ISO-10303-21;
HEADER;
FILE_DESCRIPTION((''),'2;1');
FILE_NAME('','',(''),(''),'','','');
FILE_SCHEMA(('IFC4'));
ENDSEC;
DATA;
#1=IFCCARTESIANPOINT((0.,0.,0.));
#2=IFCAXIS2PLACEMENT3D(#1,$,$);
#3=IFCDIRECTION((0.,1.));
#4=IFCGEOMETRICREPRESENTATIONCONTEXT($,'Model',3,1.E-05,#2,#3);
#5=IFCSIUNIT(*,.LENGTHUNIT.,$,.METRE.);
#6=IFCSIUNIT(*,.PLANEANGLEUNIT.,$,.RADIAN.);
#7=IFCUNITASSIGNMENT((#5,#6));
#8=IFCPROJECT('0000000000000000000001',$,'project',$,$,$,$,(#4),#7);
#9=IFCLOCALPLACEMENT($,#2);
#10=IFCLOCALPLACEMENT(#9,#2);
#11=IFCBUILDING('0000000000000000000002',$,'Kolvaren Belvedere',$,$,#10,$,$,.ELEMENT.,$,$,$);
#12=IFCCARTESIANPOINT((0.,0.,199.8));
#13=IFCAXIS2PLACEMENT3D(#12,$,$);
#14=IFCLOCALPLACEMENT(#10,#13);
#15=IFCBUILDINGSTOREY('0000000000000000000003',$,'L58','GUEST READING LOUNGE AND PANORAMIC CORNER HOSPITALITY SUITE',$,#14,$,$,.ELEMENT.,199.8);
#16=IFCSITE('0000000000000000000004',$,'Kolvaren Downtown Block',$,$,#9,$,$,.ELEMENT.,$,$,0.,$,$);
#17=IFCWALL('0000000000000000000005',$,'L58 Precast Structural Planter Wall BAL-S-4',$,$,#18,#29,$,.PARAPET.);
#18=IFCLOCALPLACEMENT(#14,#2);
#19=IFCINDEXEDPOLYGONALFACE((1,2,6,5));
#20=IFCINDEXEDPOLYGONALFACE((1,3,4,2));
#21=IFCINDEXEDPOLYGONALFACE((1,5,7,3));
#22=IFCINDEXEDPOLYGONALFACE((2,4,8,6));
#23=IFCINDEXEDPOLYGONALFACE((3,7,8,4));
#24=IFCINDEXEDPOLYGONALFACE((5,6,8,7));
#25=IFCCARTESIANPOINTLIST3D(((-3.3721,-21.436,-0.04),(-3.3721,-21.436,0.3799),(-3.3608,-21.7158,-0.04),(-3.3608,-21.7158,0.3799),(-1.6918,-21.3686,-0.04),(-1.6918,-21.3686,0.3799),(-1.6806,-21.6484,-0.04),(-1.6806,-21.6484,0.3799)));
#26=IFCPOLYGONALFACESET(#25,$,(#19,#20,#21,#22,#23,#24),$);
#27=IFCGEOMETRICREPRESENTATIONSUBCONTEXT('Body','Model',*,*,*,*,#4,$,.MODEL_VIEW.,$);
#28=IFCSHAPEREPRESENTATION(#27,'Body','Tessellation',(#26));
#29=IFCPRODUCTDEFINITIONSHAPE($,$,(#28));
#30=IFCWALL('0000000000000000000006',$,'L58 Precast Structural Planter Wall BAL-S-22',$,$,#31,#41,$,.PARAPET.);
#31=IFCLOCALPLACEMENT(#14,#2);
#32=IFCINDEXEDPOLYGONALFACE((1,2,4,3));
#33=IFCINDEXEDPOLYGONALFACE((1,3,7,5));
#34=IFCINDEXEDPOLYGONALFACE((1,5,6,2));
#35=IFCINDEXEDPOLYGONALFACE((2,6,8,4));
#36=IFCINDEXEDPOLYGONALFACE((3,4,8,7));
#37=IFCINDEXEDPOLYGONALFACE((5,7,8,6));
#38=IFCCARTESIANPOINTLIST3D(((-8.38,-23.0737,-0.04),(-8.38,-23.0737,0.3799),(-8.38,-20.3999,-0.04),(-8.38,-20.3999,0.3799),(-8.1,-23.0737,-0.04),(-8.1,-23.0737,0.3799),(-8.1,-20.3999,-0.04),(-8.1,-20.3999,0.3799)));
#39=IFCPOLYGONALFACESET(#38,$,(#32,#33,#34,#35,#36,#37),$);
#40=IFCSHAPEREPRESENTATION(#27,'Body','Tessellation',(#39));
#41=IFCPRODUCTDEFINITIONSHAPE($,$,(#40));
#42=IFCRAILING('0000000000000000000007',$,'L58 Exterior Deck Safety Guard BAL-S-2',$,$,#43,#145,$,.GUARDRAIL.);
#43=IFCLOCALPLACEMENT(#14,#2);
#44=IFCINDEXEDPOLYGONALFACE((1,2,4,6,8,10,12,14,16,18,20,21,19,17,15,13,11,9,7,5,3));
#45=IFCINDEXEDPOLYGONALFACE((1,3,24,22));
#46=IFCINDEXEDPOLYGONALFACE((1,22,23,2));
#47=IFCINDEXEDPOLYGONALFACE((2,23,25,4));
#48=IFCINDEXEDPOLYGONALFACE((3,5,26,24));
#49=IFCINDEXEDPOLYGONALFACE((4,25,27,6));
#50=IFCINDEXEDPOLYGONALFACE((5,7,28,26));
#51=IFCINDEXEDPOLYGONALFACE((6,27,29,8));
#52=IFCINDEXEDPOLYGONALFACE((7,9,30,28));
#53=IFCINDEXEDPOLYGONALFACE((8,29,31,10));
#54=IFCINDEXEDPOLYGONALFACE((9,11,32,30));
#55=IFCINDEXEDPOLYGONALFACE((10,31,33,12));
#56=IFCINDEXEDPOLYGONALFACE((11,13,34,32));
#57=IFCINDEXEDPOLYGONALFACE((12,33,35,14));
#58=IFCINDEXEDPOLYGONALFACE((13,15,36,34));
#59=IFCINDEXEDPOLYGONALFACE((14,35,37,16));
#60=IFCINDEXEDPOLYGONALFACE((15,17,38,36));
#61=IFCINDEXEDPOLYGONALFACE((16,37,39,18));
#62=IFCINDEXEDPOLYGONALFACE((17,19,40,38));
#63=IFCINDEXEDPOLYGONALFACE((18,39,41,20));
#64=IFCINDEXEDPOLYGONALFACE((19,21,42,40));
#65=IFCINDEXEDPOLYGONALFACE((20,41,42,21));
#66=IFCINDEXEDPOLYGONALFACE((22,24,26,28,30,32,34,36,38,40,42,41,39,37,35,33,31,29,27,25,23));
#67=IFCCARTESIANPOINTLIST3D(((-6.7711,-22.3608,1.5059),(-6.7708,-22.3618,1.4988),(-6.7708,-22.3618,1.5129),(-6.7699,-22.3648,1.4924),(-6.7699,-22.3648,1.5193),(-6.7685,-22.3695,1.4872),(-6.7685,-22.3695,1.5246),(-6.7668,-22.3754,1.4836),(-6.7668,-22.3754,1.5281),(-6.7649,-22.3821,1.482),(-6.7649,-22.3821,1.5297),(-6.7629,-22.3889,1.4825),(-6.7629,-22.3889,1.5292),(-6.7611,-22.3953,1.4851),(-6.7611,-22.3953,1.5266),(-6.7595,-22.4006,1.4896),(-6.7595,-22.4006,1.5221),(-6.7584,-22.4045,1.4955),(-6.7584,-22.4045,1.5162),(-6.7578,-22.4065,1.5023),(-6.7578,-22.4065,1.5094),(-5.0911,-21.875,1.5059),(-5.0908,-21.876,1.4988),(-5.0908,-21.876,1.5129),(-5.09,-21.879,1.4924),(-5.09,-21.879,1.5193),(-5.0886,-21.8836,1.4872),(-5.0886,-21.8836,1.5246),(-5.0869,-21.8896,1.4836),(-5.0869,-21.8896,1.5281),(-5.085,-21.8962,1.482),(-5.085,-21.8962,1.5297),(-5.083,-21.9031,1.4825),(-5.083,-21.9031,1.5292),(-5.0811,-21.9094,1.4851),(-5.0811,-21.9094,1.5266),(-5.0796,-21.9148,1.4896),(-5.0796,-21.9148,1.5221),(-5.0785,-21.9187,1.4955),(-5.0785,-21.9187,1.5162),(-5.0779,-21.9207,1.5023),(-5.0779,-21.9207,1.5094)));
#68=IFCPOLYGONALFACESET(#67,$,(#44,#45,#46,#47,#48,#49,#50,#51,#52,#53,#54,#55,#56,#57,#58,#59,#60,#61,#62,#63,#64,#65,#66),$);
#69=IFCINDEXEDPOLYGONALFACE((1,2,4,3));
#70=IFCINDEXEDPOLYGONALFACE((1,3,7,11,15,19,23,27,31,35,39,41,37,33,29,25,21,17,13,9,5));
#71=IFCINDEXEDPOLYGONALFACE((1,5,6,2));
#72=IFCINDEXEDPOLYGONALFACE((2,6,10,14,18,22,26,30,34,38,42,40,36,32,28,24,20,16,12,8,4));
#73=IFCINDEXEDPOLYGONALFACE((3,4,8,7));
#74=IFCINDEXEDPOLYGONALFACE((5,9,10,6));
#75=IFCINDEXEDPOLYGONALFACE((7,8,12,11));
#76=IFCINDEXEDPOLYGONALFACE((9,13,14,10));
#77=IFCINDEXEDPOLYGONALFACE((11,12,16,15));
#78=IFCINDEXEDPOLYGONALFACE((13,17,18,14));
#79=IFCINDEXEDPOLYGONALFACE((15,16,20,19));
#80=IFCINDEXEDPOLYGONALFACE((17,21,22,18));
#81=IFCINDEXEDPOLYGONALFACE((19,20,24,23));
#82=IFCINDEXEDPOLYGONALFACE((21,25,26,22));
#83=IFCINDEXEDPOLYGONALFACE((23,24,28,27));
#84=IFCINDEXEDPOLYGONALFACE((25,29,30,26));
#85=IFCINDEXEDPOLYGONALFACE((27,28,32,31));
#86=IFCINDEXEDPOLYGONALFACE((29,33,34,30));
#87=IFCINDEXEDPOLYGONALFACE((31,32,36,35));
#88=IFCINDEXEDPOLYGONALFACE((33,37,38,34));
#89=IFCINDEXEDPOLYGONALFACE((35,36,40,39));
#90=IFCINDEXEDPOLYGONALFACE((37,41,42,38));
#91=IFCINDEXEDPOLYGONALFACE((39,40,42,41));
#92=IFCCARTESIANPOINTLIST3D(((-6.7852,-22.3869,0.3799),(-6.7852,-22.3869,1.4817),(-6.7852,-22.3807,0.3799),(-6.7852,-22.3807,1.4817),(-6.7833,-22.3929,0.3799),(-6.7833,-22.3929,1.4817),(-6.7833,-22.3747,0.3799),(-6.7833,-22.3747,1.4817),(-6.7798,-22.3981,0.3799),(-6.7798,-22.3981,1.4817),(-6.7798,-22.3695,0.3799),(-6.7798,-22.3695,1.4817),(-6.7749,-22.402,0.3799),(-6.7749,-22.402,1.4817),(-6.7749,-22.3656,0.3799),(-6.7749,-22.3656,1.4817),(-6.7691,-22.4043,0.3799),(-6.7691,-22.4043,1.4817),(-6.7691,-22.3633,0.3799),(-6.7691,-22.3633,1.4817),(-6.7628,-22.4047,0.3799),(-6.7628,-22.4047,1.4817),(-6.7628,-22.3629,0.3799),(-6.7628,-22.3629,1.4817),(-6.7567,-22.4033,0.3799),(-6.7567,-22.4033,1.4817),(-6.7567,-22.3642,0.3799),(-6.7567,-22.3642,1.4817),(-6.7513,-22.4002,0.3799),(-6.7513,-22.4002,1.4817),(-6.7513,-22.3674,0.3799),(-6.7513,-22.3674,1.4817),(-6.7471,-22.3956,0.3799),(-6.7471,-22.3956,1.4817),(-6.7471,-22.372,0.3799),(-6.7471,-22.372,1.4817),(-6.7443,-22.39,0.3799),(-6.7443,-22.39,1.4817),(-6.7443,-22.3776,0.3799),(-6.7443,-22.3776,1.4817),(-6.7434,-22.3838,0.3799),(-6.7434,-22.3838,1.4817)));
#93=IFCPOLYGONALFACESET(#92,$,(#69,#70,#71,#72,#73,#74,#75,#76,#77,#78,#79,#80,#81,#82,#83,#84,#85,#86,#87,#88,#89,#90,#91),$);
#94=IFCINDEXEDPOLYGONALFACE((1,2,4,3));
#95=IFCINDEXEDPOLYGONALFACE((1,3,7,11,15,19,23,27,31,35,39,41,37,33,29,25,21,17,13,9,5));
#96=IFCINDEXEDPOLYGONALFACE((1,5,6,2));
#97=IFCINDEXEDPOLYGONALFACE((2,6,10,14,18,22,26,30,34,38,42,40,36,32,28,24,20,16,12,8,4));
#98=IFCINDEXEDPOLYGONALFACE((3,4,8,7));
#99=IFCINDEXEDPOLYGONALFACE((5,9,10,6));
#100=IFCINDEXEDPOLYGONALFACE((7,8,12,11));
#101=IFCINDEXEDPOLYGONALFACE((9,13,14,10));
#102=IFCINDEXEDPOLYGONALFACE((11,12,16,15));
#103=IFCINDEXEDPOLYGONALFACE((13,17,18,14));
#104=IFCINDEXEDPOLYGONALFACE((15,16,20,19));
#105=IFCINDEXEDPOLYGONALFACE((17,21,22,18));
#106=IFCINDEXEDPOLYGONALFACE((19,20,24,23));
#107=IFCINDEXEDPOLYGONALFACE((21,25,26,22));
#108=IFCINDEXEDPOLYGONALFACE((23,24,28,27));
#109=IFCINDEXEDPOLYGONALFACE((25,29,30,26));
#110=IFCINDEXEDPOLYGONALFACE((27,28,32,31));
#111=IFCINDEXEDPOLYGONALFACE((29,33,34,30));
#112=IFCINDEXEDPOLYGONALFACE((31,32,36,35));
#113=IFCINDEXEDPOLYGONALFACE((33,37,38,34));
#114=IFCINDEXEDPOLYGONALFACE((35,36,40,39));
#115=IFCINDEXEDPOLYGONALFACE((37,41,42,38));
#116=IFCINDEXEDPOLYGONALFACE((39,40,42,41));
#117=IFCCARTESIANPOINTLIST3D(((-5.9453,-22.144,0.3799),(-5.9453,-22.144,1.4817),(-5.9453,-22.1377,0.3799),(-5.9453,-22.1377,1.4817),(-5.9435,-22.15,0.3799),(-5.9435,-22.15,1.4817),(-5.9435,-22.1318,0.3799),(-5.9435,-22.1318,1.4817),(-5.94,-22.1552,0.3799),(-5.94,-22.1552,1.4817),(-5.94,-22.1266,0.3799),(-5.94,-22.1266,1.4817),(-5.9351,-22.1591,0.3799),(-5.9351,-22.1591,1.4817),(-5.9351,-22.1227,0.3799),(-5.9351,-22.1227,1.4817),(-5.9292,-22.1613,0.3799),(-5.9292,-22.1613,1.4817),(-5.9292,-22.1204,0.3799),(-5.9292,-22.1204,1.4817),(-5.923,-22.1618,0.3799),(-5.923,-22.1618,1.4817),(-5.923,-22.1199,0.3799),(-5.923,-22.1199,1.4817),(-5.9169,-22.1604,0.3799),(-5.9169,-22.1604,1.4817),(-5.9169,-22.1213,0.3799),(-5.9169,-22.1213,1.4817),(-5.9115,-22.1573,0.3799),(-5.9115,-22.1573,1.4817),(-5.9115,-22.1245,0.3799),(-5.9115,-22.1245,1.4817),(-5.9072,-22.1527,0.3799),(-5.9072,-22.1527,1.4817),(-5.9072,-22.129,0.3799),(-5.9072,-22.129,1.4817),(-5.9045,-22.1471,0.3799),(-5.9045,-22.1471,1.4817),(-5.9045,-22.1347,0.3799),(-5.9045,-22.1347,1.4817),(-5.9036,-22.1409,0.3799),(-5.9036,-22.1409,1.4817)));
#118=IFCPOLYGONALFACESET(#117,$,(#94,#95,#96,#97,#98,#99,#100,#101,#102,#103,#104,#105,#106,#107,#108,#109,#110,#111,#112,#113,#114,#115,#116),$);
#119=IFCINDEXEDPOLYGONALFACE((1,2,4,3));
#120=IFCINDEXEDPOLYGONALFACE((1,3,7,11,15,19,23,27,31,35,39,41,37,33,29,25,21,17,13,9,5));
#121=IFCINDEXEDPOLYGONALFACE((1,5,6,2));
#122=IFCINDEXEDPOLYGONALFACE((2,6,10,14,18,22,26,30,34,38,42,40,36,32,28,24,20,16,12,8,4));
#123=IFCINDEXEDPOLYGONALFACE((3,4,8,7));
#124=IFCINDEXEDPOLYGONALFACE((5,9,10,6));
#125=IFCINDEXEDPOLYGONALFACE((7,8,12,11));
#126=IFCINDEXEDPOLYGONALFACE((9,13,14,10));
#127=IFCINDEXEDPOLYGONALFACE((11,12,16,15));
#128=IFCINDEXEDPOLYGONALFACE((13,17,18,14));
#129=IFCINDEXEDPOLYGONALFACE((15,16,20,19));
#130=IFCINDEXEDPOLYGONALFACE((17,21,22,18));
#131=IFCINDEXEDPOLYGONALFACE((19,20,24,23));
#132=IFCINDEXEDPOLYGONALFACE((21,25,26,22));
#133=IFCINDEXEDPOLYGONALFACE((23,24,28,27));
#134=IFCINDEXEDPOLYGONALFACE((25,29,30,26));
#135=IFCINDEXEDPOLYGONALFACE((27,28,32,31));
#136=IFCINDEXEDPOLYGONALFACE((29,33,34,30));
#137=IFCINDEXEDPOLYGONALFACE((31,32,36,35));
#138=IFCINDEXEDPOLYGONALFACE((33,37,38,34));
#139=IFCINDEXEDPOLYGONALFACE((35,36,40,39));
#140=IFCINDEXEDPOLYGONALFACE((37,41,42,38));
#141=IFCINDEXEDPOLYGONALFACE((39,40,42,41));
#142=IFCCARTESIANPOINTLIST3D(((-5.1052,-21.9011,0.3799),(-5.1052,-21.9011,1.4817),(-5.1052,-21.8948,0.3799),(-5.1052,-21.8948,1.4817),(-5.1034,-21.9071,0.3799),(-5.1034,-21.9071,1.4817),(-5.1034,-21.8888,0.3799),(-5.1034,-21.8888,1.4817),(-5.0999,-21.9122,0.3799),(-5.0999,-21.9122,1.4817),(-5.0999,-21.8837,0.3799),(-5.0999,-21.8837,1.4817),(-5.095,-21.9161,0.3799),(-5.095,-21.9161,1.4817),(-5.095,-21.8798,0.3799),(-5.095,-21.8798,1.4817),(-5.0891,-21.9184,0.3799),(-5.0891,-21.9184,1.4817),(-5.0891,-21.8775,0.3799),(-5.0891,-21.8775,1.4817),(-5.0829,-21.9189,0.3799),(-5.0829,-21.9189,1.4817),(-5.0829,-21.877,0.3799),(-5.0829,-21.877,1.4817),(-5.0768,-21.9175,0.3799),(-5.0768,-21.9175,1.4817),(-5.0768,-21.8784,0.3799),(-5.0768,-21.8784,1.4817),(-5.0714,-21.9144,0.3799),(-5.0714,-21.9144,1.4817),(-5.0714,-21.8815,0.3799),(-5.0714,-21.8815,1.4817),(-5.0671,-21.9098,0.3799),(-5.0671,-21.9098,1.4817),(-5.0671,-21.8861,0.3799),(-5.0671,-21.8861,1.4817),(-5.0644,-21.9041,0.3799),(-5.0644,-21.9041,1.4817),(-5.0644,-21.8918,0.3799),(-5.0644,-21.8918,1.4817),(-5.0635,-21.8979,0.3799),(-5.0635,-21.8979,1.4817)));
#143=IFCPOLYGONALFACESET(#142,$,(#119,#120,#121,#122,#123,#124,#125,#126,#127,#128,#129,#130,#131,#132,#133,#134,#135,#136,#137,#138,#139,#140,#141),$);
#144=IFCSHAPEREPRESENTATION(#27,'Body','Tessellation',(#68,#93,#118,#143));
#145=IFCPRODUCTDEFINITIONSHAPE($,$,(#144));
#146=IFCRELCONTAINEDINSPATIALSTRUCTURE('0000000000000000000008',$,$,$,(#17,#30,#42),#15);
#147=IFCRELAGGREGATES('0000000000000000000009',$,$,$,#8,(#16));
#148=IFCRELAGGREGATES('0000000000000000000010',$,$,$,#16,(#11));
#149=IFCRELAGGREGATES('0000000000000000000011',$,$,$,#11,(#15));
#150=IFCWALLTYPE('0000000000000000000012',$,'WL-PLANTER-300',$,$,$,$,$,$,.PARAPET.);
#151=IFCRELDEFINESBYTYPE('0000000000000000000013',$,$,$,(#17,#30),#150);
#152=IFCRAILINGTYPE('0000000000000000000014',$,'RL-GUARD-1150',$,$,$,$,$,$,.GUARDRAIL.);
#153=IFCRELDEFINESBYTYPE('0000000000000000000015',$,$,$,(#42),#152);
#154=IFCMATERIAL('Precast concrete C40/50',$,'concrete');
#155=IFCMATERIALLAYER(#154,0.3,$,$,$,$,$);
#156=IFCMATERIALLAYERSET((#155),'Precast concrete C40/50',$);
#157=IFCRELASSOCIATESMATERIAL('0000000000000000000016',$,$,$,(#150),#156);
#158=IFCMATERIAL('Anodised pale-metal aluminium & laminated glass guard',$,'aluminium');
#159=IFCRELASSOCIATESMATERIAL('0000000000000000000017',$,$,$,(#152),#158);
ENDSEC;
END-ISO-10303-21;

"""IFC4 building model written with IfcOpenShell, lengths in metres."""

from ifc_helpers import new_model, si_unit, direction, frame, frame_2d, origin, origin_2d, place, context, subcontext, project, spatial, rectangle, circle, extrude, material, layer, layer_set, type_object, element, save


model = new_model("IFC4")

# Units and contexts
model_context = context("Model", 3, precision=1e-05, world=origin(), true_north=direction((0.0, 1.0)))
body_context = subcontext(model_context, "Body", "Model", "MODEL_VIEW")
ifc_project = project(units=[si_unit("LENGTHUNIT", "METRE"), si_unit("PLANEANGLEUNIT", "RADIAN")], contexts=[model_context])

# Site, building, storey
site_placement = place(None, origin())
site = spatial("IfcSite", under=ifc_project, at=site_placement, Name="Kolvaren Downtown Block", CompositionType="ELEMENT", RefElevation=0.0)
building_placement = place(site_placement, origin())
building = spatial("IfcBuilding", under=site, at=building_placement, Name="Kolvaren Belvedere", CompositionType="ELEMENT")
storey_placement = place(building_placement, frame((0.0, 0.0, 199.8)))
storey = spatial("IfcBuildingStorey", under=building, at=storey_placement, Name="L58", Description="GUEST READING LOUNGE AND PANORAMIC CORNER HOSPITALITY SUITE", CompositionType="ELEMENT", Elevation=199.8)

# Walls
ifc_material_1 = material(Name="Precast concrete C40/50", Category="concrete")
ifc_layer_1 = layer(ifc_material_1, 0.3)
ifc_layer_set_1 = layer_set([ifc_layer_1], Name="Precast concrete C40/50")
wall_type_1 = type_object("IfcWallType", Name="WL-PLANTER-300", PredefinedType="PARAPET", material=ifc_layer_set_1)
wall_1_placement = place(storey_placement, frame((-3.3665, -21.5759, -0.04), z_axis=(0.0, 0.0, 1.0), x_axis=(0.999197, 0.040072, 0.0)))
element("IfcWall", 1, at=wall_1_placement, inside=storey, type_object=wall_type_1, Name="L58 Precast Structural Planter Wall BAL-S-4", PredefinedType="PARAPET", context=body_context, shape_type="SweptSolid", body=[
    extrude(rectangle(XDim=1.6816, YDim=0.28, at=frame_2d((0.8408, 0.0))), origin(), (0.0, 0.0, 1.0), 0.4199),
])
wall_2_placement = place(storey_placement, frame((-8.24, -20.3999, -0.04), z_axis=(0.0, 0.0, 1.0), x_axis=(0.0, -1.0, 0.0)))
element("IfcWall", 2, at=wall_2_placement, inside=storey, type_object=wall_type_1, Name="L58 Precast Structural Planter Wall BAL-S-22", PredefinedType="PARAPET", context=body_context, shape_type="SweptSolid", body=[
    extrude(rectangle(XDim=2.6738, YDim=0.28, at=frame_2d((1.3369, 0.0))), origin(), (0.0, 0.0, 1.0), 0.4199),
])

# Railing
ifc_material_2 = material(Name="Anodised pale-metal aluminium & laminated glass guard", Category="aluminium")
railing_type = type_object("IfcRailingType", Name="RL-GUARD-1150", PredefinedType="GUARDRAIL", material=ifc_material_2)
railing_1_placement = place(storey_placement, frame((-6.7644, -22.3838, 0.3799)))
element("IfcRailing", 3, at=railing_1_placement, inside=storey, type_object=railing_type, Name="L58 Exterior Deck Safety Guard BAL-S-2", PredefinedType="GUARDRAIL", context=body_context, shape_type="SweptSolid", body=[
    extrude(circle(Radius=0.0239, at=origin_2d()), frame((0.0, 0.0, 1.126), z_axis=(0.960634, 0.277817, 0.0), x_axis=(-0.277817, 0.960634, 0.0)), (0.0, 0.0, 1.0), 1.7488),
    extrude(circle(Radius=0.021, at=origin_2d()), origin(), (0.0, 0.0, 1.0), 1.1018),
    extrude(circle(Radius=0.021, at=origin_2d()), frame((0.8398, 0.2429, 0.0)), (0.0, 0.0, 1.0), 1.1018),
    extrude(circle(Radius=0.021, at=origin_2d()), frame((1.6799, 0.4858, 0.0)), (0.0, 0.0, 1.0), 1.1018),
])

save(model, "model.ifc")
